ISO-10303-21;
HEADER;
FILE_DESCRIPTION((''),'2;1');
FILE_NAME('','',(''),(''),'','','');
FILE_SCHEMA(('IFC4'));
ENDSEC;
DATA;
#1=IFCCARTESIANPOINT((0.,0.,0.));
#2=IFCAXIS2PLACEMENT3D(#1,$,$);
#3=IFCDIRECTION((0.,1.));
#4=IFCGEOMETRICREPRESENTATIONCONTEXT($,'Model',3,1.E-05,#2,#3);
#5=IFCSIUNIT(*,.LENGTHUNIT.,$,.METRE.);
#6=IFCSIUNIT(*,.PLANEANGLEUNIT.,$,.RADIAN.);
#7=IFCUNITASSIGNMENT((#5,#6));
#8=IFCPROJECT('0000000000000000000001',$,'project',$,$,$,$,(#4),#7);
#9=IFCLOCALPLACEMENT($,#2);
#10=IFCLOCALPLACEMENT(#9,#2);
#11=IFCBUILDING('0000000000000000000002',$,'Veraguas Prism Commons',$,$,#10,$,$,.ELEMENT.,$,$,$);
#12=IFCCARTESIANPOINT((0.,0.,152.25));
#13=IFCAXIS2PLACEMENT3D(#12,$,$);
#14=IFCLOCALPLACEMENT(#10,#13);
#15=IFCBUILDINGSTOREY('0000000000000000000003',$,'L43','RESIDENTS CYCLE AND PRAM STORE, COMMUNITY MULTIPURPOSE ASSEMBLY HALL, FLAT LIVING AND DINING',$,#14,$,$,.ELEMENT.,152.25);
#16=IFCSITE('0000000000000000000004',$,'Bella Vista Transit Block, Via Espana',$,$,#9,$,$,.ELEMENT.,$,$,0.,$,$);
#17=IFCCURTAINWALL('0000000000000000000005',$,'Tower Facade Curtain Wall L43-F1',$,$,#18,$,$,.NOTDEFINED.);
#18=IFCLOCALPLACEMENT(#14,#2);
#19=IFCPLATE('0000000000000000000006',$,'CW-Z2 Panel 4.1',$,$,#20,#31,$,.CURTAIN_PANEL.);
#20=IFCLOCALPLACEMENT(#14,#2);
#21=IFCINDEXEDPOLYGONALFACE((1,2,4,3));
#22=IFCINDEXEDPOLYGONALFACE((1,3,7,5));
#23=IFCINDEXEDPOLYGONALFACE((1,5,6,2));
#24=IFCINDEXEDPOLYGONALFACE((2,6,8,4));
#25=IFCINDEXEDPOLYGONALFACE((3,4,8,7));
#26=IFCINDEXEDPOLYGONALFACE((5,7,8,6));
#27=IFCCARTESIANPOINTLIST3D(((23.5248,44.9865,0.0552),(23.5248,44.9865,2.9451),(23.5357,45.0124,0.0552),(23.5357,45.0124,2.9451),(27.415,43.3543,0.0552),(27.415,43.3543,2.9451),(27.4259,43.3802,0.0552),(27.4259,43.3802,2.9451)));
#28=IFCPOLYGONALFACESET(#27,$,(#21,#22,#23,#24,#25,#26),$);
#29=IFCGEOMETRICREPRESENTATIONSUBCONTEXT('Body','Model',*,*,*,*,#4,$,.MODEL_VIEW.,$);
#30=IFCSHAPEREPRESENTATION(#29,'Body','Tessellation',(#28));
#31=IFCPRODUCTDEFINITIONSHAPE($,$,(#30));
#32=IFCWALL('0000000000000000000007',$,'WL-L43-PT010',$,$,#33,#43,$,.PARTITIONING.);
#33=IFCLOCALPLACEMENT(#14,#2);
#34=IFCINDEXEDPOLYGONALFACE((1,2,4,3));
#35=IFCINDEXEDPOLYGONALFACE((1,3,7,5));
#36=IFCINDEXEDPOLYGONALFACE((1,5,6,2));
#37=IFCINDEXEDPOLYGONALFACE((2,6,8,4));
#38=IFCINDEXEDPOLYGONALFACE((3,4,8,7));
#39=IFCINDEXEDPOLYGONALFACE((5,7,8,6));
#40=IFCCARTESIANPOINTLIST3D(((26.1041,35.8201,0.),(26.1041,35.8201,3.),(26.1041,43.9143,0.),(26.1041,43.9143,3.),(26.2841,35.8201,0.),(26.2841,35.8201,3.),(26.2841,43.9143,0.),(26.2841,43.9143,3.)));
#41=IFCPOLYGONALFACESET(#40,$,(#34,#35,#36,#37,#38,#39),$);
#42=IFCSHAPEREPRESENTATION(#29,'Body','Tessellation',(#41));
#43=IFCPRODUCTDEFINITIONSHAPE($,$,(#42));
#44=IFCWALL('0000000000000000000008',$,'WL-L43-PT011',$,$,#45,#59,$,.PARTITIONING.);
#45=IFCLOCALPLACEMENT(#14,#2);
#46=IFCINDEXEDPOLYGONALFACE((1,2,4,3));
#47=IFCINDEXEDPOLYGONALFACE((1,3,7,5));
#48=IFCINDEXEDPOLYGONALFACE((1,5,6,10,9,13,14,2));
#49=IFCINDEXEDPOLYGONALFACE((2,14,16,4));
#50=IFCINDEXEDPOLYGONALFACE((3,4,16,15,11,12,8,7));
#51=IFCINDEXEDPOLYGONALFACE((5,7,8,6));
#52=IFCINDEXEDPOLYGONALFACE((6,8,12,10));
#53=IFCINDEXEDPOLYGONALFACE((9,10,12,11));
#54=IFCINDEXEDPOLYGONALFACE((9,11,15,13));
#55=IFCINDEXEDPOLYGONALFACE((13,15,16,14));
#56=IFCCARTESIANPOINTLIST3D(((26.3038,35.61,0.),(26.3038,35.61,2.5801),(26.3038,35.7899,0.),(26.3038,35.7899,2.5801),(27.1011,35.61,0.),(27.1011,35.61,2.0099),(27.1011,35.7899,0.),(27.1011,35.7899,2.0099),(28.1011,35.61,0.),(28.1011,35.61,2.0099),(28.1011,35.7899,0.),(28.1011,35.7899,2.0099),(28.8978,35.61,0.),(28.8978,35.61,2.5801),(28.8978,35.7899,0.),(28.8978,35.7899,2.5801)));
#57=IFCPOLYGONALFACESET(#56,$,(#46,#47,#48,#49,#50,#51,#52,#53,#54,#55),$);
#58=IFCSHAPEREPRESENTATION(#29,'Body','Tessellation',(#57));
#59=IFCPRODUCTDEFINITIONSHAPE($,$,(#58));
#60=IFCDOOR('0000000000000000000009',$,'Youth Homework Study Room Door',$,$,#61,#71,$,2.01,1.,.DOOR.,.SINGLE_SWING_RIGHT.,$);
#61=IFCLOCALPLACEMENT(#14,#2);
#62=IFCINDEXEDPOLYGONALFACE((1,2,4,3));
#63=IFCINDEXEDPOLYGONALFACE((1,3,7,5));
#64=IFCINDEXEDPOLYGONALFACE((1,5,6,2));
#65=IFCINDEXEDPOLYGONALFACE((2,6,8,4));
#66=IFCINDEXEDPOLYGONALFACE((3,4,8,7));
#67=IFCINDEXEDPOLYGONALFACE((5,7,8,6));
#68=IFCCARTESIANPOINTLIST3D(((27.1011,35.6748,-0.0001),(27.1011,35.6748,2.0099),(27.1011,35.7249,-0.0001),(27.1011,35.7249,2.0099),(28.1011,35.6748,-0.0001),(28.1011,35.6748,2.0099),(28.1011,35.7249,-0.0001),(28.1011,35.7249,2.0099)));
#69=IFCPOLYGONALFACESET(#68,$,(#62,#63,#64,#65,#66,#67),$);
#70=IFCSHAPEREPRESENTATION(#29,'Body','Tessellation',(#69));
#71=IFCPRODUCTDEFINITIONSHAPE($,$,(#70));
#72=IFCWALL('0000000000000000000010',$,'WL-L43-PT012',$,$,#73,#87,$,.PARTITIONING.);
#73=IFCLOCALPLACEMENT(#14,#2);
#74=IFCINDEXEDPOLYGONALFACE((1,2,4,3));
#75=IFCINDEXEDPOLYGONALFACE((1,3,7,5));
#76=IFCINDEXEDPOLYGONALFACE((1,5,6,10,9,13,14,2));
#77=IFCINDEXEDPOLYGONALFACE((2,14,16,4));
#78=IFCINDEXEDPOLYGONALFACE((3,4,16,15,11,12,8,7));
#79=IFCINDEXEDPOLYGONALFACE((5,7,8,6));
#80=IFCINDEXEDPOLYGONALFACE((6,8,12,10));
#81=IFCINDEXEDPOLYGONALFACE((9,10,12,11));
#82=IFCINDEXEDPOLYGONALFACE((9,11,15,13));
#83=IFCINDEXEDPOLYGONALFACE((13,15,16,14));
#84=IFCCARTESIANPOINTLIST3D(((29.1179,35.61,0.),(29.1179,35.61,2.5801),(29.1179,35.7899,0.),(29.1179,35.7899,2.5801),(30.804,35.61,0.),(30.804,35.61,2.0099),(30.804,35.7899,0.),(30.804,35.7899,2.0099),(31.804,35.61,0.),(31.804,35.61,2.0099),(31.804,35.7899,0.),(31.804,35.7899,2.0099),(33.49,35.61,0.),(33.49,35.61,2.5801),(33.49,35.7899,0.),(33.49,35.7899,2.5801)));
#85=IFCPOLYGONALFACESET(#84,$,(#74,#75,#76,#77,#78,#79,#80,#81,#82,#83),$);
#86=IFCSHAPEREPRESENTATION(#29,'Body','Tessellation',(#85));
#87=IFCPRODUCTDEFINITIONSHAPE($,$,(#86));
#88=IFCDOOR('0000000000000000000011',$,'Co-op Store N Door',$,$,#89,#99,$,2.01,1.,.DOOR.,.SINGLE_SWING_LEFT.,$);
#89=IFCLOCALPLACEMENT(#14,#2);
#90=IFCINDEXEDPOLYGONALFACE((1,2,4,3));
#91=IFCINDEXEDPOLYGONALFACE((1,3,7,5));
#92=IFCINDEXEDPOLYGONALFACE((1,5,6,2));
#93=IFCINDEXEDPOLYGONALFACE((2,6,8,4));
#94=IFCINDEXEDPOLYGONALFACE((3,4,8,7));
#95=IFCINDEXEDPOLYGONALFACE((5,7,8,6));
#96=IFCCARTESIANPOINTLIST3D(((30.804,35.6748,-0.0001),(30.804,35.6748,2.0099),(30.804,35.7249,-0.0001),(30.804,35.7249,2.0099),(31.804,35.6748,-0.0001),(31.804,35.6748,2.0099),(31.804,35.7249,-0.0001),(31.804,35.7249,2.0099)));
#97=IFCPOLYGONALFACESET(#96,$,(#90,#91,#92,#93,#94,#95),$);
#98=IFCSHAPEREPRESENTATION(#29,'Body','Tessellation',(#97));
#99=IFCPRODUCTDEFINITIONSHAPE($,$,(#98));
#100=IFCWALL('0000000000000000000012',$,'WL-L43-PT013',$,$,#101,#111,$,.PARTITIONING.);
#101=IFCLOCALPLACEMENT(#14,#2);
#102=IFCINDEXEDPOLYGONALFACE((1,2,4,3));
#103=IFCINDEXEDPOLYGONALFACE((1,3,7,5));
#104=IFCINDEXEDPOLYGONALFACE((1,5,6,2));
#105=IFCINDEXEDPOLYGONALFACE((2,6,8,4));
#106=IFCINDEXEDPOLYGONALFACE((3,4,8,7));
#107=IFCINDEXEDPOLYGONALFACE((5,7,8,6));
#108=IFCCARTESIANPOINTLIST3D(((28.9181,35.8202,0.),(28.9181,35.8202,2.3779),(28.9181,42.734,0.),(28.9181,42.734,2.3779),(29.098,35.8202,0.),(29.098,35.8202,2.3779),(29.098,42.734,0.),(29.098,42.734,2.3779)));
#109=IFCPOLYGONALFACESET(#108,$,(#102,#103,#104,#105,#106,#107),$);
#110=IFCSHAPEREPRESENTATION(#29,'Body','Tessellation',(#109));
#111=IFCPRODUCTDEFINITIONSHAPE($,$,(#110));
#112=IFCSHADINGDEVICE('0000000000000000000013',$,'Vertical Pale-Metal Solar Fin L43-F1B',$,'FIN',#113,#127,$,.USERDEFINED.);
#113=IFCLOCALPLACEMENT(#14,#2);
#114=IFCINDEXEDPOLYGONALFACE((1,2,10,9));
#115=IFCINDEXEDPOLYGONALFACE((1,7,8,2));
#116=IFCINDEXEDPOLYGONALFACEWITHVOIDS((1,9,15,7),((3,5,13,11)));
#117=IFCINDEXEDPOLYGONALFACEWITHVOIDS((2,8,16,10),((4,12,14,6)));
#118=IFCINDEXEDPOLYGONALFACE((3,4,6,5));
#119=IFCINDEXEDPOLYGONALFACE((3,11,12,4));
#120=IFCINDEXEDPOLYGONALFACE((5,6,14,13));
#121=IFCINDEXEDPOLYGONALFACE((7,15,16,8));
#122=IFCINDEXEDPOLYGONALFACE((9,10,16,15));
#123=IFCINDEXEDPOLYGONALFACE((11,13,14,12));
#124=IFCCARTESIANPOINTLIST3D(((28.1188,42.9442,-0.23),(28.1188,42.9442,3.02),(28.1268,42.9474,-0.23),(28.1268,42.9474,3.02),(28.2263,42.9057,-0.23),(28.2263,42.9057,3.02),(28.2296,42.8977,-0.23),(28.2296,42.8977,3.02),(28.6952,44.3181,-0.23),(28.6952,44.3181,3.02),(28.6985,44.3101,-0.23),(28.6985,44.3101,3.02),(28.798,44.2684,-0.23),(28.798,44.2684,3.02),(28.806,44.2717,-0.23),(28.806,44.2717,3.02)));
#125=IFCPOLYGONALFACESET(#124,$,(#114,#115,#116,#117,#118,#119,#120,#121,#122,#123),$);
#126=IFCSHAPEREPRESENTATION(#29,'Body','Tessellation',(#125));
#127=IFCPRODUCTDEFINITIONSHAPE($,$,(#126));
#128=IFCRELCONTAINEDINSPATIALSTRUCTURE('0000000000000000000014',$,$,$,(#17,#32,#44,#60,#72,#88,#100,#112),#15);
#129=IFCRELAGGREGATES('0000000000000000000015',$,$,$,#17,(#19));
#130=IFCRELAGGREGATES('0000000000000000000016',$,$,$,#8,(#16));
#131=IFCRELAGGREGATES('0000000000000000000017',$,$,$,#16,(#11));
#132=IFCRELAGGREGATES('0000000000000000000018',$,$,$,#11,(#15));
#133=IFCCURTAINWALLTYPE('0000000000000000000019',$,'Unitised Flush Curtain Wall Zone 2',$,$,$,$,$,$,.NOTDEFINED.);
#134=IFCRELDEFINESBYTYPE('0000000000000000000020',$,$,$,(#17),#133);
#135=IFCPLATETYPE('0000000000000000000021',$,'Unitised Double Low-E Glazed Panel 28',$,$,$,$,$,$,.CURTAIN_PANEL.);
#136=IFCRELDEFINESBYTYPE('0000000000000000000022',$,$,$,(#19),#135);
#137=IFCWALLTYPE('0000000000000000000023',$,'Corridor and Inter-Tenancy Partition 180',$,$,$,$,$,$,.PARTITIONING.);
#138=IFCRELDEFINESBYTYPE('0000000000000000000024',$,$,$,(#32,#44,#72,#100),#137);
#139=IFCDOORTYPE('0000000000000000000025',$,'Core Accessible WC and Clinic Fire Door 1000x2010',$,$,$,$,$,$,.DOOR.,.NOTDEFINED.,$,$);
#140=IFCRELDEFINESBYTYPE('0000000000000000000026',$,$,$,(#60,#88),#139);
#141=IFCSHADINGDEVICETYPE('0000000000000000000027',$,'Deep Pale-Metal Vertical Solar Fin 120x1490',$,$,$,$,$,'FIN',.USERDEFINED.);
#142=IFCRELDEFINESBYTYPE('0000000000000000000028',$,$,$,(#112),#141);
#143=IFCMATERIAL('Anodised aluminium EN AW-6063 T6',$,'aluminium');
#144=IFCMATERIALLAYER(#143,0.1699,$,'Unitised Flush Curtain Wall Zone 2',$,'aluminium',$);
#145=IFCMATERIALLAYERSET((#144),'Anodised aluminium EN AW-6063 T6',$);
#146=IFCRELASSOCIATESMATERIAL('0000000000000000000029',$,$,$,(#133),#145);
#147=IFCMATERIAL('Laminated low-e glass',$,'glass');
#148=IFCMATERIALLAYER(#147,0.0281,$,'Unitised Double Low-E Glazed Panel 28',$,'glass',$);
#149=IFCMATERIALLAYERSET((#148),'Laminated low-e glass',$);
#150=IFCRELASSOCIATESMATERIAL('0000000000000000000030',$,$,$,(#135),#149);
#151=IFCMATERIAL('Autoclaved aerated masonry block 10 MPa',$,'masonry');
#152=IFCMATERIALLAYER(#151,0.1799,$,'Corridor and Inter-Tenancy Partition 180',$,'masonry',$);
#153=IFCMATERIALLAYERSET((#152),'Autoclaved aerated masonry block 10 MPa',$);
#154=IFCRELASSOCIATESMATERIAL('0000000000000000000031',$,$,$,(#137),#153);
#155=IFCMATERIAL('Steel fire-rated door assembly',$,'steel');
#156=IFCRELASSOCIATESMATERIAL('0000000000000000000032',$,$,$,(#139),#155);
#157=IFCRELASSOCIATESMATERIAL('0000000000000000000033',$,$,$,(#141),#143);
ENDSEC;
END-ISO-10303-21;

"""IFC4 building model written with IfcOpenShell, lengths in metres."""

from ifc_helpers import new_model, si_unit, direction, frame, frame_2d, origin, origin_2d, place, context, subcontext, project, spatial, rectangle, hollow_rectangle, extrude, source, transform, mapped, material, layer, layer_set, material_profile, profile_set, type_object, element, fill, aggregate, save


model = new_model("IFC4")

# Units and contexts
model_context = context("Model", 3, precision=1e-05, world=origin(), true_north=direction((0.0, 1.0)))
body_context = subcontext(model_context, "Body", "Model", "MODEL_VIEW")
ifc_project = project(units=[si_unit("LENGTHUNIT", "METRE"), si_unit("PLANEANGLEUNIT", "RADIAN")], contexts=[model_context])

# Site, building, storey
site_placement = place(None, origin())
site = spatial("IfcSite", under=ifc_project, at=site_placement, Name="Bella Vista Transit Block, Via Espana", CompositionType="ELEMENT", RefElevation=0.0)
building_placement = place(site_placement, origin())
building = spatial("IfcBuilding", under=site, at=building_placement, Name="Veraguas Prism Commons", CompositionType="ELEMENT")
storey_placement = place(building_placement, frame((0.0, 0.0, 152.25)))
storey = spatial("IfcBuildingStorey", under=building, at=storey_placement, Name="L43", Description="RESIDENTS CYCLE AND PRAM STORE, COMMUNITY MULTIPURPOSE ASSEMBLY HALL, FLAT LIVING AND DINING", CompositionType="ELEMENT", Elevation=152.25)

# Curtain wall
ifc_material_1 = material(Name="Anodised aluminium EN AW-6063 T6", Category="aluminium")
ifc_layer_1 = layer(ifc_material_1, 0.1699, Name="Unitised Flush Curtain Wall Zone 2", Category="aluminium")
ifc_layer_set_1 = layer_set([ifc_layer_1], Name="Anodised aluminium EN AW-6063 T6")
curtain_wall_type = type_object("IfcCurtainWallType", Name="Unitised Flush Curtain Wall Zone 2", PredefinedType="NOTDEFINED", material=ifc_layer_set_1)
curtain_wall_1_placement = place(storey_placement, origin())
curtain_wall_1 = element("IfcCurtainWall", 1, at=curtain_wall_1_placement, inside=storey, type_object=curtain_wall_type, Name="Tower Facade Curtain Wall L43-F1", PredefinedType="NOTDEFINED")

# Plate
ifc_material_2 = material(Name="Laminated low-e glass", Category="glass")
ifc_layer_2 = layer(ifc_material_2, 0.0281, Name="Unitised Double Low-E Glazed Panel 28", Category="glass")
ifc_layer_set_2 = layer_set([ifc_layer_2], Name="Laminated low-e glass")
plate_type = type_object("IfcPlateType", Name="Unitised Double Low-E Glazed Panel 28", PredefinedType="CURTAIN_PANEL", material=ifc_layer_set_2)
shared_shape_1 = source(origin(), body_context, "Body", "SweptSolid", [
    extrude(rectangle(XDim=4.2188, YDim=0.0281, at=origin_2d()), origin(), (0.0, 0.0, 1.0), 2.8899),
])
plate_1_placement = place(storey_placement, frame((25.4753, 44.1833, 0.0552), z_axis=(0.0, 0.0, 1.0), x_axis=(-0.922132, 0.386875, 0.0)))
plate_1 = element("IfcPlate", 2, at=plate_1_placement, type_object=plate_type, Name="CW-Z2 Panel 4.1", PredefinedType="CURTAIN_PANEL", context=body_context, shape_type="MappedRepresentation", body=[
    mapped(shared_shape_1, transform((0.0, 0.0, 0.0), scale=1.0)),
])
aggregate(curtain_wall_1, [plate_1])

# Wall
ifc_material_3 = material(Name="Autoclaved aerated masonry block 10 MPa", Category="masonry")
ifc_layer_3 = layer(ifc_material_3, 0.1799, Name="Corridor and Inter-Tenancy Partition 180", Category="masonry")
ifc_layer_set_3 = layer_set([ifc_layer_3], Name="Autoclaved aerated masonry block 10 MPa")
wall_type = type_object("IfcWallType", Name="Corridor and Inter-Tenancy Partition 180", PredefinedType="PARTITIONING", material=ifc_layer_set_3)
wall_1_placement = place(storey_placement, frame((26.1941, 35.8201, 0.0), z_axis=(0.0, 0.0, 1.0), x_axis=(0.0, 1.0, 0.0)))
element("IfcWall", 3, at=wall_1_placement, inside=storey, type_object=wall_type, Name="WL-L43-PT010", PredefinedType="PARTITIONING", context=body_context, shape_type="SweptSolid", body=[
    extrude(rectangle(XDim=8.0942, YDim=0.1799, at=frame_2d((4.0471, 0.0))), origin(), (0.0, 0.0, 1.0), 3.0),
])

# Walls, openings, doors
wall_2_placement = place(storey_placement, frame((26.304, 35.7, 0.0), z_axis=(0.0, 0.0, 1.0), x_axis=(1.0, 0.0, 0.0)))
wall_2 = element("IfcWall", 4, at=wall_2_placement, inside=storey, type_object=wall_type, Name="WL-L43-PT011", PredefinedType="PARTITIONING", context=body_context, shape_type="SweptSolid", body=[
    extrude(rectangle(XDim=2.594, YDim=0.1799, at=frame_2d((1.2969, 0.0))), origin(), (0.0, 0.0, 1.0), 2.5801),
])
opening_1_placement = place(wall_2_placement, frame((0.7971, 0.0, 0.0)))
opening_1 = element("IfcOpeningElement", 5, at=opening_1_placement, cuts=wall_2, PredefinedType="OPENING", context=body_context, shape_type="SweptSolid", body=[
    extrude(rectangle(XDim=1.0, YDim=2.01, at=frame_2d((0.5, 1.0049))), frame((0.0, 0.0999, 0.0), z_axis=(0.0, -1.0, 0.0), x_axis=(1.0, 0.0, 0.0)), (0.0, 0.0, 1.0), 0.2),
])
ifc_material_4 = material(Name="Steel fire-rated door assembly", Category="steel")
door_type = type_object("IfcDoorType", Name="Core Accessible WC and Clinic Fire Door 1000x2010", OperationType="NOTDEFINED", PredefinedType="DOOR", material=ifc_material_4)
shared_shape_2 = source(origin(), body_context, "Body", "SweptSolid", [
    extrude(rectangle(XDim=1.0, YDim=2.01, at=frame_2d((0.5, 1.0049))), frame((0.0, 0.0249, 0.0), z_axis=(0.0, -1.0, 0.0), x_axis=(1.0, 0.0, 0.0)), (0.0, 0.0, 1.0), 0.05),
])
door_1_placement = place(opening_1_placement, origin())
door_1 = element("IfcDoor", 6, at=door_1_placement, inside=storey, type_object=door_type, Name="Youth Homework Study Room Door", OperationType="SINGLE_SWING_RIGHT", OverallHeight=2.01, OverallWidth=1.0, PredefinedType="DOOR", context=body_context, shape_type="MappedRepresentation", body=[
    mapped(shared_shape_2, transform((0.0, 0.0, 0.0), scale=1.0)),
])
fill(opening_1, door_1)
wall_3_placement = place(storey_placement, frame((29.1179, 35.7, 0.0), z_axis=(0.0, 0.0, 1.0), x_axis=(1.0, 0.0, 0.0)))
wall_3 = element("IfcWall", 7, at=wall_3_placement, inside=storey, type_object=wall_type, Name="WL-L43-PT012", PredefinedType="PARTITIONING", context=body_context, shape_type="SweptSolid", body=[
    extrude(rectangle(XDim=4.3721, YDim=0.1799, at=frame_2d((2.186, 0.0))), origin(), (0.0, 0.0, 1.0), 2.5801),
])
opening_2_placement = place(wall_3_placement, frame((1.686, 0.0, 0.0)))
opening_2 = element("IfcOpeningElement", 8, at=opening_2_placement, cuts=wall_3, PredefinedType="OPENING", context=body_context, shape_type="SweptSolid", body=[
    extrude(rectangle(XDim=1.0, YDim=2.01, at=frame_2d((0.5, 1.0049))), frame((0.0, 0.0999, 0.0), z_axis=(0.0, -1.0, 0.0), x_axis=(1.0, 0.0, 0.0)), (0.0, 0.0, 1.0), 0.2),
])
door_2_placement = place(opening_2_placement, origin())
door_2 = element("IfcDoor", 9, at=door_2_placement, inside=storey, type_object=door_type, Name="Co-op Store N Door", OperationType="SINGLE_SWING_LEFT", OverallHeight=2.01, OverallWidth=1.0, PredefinedType="DOOR", context=body_context, shape_type="MappedRepresentation", body=[
    mapped(shared_shape_2, transform((0.0, 0.0, 0.0), scale=1.0)),
])
fill(opening_2, door_2)

# Wall
wall_4_placement = place(storey_placement, frame((29.0081, 35.8201, 0.0), z_axis=(0.0, 0.0, 1.0), x_axis=(0.0, 1.0, 0.0)))
element("IfcWall", 10, at=wall_4_placement, inside=storey, type_object=wall_type, Name="WL-L43-PT013", PredefinedType="PARTITIONING", context=body_context, shape_type="SweptSolid", body=[
    extrude(rectangle(XDim=6.9138, YDim=0.1799, at=frame_2d((3.457, 0.0))), origin(), (0.0, 0.0, 1.0), 2.3779),
])

# Shading device
ifc_material_profile_1 = material_profile(ifc_material_1, hollow_rectangle(XDim=0.1201, YDim=1.49, WallThickness=0.0061, at=origin_2d()), Name="FIN120X1490X6")
ifc_profile_set_1 = profile_set([ifc_material_profile_1], Name="Anodised aluminium EN AW-6063 T6")
shading_device_type = type_object("IfcShadingDeviceType", Name="Deep Pale-Metal Vertical Solar Fin 120x1490", ElementType="FIN", PredefinedType="USERDEFINED", material=ifc_profile_set_1)
shading_device_placement = place(storey_placement, frame((28.4624, 43.6079, -0.23), z_axis=(0.0, 0.0, 1.0), x_axis=(-0.922132, 0.386875, 0.0)))
element("IfcShadingDevice", 11, at=shading_device_placement, inside=storey, type_object=shading_device_type, Name="Vertical Pale-Metal Solar Fin L43-F1B", ObjectType="FIN", PredefinedType="USERDEFINED", context=body_context, shape_type="SweptSolid", body=[
    extrude(hollow_rectangle(XDim=0.1201, YDim=1.49, WallThickness=0.0061, at=origin_2d()), origin(), (0.0, 0.0, 1.0), 3.25),
])

save(model, "model.ifc")
